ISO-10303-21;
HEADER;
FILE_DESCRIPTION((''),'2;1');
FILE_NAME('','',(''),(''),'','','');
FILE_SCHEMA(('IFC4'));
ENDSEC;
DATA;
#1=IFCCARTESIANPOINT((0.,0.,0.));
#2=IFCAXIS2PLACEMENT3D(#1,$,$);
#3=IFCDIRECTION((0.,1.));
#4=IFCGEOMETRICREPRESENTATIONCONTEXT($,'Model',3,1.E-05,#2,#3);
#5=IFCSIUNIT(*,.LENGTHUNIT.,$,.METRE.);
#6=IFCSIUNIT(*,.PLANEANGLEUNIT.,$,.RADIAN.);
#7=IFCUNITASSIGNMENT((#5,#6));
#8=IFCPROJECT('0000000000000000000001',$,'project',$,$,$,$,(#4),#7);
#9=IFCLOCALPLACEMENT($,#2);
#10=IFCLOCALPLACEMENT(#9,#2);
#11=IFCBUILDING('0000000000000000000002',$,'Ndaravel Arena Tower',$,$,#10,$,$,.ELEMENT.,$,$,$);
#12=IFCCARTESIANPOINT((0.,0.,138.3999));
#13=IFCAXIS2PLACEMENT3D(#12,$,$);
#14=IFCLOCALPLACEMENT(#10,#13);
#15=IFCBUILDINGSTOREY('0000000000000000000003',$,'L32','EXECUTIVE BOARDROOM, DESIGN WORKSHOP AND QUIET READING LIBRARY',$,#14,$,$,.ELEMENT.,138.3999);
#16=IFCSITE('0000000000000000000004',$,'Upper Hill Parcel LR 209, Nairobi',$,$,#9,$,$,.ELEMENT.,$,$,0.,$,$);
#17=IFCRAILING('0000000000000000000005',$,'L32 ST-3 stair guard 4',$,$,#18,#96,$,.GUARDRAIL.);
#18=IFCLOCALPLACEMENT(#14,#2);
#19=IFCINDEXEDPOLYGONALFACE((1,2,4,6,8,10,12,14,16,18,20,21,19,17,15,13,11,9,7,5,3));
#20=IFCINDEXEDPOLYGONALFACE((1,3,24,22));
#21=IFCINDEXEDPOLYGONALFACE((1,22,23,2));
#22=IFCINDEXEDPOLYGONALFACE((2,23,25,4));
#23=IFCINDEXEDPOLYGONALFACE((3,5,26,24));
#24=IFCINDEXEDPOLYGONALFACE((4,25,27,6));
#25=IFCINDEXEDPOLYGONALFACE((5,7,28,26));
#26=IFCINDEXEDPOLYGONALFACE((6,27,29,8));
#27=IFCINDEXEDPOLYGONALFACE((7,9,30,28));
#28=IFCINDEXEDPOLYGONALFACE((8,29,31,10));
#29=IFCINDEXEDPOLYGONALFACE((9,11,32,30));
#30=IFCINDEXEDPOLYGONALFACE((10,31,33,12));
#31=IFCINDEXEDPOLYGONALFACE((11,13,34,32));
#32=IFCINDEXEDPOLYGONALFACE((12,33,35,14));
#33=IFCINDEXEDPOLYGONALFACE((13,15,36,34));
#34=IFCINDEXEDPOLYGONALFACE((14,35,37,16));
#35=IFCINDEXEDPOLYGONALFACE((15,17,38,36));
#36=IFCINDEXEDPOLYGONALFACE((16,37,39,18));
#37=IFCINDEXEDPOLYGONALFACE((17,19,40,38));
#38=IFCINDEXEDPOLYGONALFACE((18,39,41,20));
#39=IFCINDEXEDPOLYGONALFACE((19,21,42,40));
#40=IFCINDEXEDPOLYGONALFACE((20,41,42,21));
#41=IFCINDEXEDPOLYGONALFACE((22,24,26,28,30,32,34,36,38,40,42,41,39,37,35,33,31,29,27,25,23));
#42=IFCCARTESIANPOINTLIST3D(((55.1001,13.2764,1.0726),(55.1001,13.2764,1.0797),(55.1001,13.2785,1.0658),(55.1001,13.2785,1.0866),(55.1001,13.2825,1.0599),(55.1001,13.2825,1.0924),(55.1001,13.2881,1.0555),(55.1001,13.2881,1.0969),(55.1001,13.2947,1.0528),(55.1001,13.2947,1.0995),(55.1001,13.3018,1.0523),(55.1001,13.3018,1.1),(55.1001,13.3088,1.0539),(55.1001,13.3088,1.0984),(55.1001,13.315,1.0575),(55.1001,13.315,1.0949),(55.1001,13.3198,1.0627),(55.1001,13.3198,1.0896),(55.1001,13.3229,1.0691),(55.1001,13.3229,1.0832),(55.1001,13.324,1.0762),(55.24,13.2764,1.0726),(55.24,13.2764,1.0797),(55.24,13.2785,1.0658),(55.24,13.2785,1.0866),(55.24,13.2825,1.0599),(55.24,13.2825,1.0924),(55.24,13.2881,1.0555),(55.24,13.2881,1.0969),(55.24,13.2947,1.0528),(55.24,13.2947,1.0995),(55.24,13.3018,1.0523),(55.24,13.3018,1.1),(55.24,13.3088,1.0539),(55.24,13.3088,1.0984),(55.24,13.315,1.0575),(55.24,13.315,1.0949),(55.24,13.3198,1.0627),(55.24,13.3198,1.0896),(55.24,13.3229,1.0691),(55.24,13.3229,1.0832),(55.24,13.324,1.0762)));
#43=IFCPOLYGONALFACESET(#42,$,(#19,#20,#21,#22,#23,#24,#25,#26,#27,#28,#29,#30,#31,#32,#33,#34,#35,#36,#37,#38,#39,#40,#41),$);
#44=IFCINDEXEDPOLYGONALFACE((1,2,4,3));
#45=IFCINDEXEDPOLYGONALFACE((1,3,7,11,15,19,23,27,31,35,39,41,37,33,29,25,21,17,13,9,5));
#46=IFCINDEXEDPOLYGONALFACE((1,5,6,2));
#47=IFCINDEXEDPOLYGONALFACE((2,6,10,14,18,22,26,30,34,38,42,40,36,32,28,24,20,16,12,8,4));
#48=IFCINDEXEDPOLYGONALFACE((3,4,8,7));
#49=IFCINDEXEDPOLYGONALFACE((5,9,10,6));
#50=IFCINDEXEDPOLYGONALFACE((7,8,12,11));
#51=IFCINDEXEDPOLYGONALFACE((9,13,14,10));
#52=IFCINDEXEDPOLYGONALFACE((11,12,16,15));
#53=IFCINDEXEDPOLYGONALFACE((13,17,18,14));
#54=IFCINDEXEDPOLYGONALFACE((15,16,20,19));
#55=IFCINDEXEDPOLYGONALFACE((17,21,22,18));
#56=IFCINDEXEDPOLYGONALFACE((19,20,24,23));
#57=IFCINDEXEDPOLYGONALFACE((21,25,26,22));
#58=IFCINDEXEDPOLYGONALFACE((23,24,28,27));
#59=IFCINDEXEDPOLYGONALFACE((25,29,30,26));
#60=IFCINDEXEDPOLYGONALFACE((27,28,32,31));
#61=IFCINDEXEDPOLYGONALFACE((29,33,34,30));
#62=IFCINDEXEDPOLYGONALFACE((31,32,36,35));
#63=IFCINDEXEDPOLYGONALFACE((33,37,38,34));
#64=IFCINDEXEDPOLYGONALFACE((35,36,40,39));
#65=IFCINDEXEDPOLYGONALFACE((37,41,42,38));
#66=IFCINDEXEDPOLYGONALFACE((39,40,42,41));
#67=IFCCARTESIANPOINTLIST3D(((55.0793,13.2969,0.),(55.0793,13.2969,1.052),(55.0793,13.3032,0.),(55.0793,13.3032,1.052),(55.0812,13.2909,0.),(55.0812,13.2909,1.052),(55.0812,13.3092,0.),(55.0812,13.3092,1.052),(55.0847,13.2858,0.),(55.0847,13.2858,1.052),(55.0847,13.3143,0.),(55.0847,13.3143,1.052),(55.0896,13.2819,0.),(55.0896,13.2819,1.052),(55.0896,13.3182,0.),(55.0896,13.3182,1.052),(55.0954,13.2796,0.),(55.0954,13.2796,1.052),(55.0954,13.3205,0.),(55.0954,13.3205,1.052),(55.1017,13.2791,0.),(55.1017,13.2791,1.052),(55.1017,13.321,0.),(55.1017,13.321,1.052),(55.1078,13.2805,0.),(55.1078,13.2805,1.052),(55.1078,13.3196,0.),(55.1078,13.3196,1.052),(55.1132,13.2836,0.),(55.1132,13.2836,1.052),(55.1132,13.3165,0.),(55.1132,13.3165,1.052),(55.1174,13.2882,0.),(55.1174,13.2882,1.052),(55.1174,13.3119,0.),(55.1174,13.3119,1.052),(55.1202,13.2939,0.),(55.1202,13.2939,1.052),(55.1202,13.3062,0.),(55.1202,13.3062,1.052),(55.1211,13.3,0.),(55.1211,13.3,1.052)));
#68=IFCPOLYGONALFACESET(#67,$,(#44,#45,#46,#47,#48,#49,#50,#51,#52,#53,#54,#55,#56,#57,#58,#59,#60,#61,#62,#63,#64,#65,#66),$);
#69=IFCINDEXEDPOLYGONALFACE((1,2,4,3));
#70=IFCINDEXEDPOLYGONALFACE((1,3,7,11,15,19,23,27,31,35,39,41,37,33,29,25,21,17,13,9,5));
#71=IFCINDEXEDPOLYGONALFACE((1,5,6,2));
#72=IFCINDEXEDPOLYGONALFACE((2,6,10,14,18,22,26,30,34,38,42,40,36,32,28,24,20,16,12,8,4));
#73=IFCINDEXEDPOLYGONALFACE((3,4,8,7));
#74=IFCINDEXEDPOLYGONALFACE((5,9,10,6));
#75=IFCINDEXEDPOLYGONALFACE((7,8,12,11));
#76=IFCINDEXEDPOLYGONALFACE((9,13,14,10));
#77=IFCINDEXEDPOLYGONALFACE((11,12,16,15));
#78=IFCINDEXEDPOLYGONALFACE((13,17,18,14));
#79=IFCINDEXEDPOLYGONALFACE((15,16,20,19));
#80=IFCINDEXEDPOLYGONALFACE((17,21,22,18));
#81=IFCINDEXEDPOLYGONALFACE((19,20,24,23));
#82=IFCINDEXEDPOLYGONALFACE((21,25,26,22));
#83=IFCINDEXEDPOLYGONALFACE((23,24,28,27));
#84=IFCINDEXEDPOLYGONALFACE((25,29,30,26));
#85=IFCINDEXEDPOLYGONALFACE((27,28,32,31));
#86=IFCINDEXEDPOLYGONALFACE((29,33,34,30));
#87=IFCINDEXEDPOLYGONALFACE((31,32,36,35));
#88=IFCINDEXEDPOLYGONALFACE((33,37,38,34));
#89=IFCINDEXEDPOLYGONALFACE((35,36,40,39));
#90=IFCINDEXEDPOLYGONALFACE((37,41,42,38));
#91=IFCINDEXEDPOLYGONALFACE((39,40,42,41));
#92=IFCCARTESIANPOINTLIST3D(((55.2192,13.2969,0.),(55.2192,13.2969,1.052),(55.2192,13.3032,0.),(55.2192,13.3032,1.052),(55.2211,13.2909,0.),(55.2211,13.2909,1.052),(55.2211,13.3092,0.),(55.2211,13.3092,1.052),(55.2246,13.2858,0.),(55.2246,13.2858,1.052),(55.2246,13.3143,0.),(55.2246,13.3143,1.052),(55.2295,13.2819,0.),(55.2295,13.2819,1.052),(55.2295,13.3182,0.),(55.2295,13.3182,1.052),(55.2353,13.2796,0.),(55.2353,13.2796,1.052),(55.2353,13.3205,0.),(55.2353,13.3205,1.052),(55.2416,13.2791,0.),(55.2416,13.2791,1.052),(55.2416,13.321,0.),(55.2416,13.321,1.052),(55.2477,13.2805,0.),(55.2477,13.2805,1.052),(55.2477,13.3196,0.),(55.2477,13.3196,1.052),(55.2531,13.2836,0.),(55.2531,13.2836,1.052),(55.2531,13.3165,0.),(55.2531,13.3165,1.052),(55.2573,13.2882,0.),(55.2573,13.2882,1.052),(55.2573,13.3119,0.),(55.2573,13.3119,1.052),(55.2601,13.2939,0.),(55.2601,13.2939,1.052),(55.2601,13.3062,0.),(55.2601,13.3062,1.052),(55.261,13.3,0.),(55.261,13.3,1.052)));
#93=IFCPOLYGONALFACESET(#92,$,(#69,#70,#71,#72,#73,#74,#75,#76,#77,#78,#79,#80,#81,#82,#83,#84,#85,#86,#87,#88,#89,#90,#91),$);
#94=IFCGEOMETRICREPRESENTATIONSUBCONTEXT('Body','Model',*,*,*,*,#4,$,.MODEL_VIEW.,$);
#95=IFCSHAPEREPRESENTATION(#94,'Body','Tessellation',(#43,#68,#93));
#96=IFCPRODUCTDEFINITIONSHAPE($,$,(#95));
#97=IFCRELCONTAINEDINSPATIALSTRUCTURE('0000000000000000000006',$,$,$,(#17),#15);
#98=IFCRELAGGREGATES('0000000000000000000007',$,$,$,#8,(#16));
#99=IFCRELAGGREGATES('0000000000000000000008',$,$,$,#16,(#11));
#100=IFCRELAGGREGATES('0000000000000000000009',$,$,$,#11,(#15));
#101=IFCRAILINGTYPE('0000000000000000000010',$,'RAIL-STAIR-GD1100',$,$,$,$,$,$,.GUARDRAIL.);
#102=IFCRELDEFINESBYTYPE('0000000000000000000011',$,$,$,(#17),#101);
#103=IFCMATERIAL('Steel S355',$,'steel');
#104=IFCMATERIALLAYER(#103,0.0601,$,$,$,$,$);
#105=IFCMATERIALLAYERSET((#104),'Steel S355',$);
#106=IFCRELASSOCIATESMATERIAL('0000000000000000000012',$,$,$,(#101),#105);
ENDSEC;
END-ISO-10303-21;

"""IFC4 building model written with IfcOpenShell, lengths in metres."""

from ifc_helpers import new_model, si_unit, direction, frame, origin, origin_2d, place, context, subcontext, project, spatial, circle, extrude, material, layer, layer_set, type_object, element, save


model = new_model("IFC4")

# Units and contexts
model_context = context("Model", 3, precision=1e-05, world=origin(), true_north=direction((0.0, 1.0)))
body_context = subcontext(model_context, "Body", "Model", "MODEL_VIEW")
ifc_project = project(units=[si_unit("LENGTHUNIT", "METRE"), si_unit("PLANEANGLEUNIT", "RADIAN")], contexts=[model_context])

# Site, building, storey
site_placement = place(None, origin())
site = spatial("IfcSite", under=ifc_project, at=site_placement, Name="Upper Hill Parcel LR 209, Nairobi", CompositionType="ELEMENT", RefElevation=0.0)
building_placement = place(site_placement, origin())
building = spatial("IfcBuilding", under=site, at=building_placement, Name="Ndaravel Arena Tower", CompositionType="ELEMENT")
storey_placement = place(building_placement, frame((0.0, 0.0, 138.3999)))
storey = spatial("IfcBuildingStorey", under=building, at=storey_placement, Name="L32", Description="EXECUTIVE BOARDROOM, DESIGN WORKSHOP AND QUIET READING LIBRARY", CompositionType="ELEMENT", Elevation=138.3999)

# Railing
ifc_material_1 = material(Name="Steel S355", Category="steel")
ifc_layer_1 = layer(ifc_material_1, 0.0601)
ifc_layer_set_1 = layer_set([ifc_layer_1], Name="Steel S355")
railing_type_1 = type_object("IfcRailingType", Name="RAIL-STAIR-GD1100", PredefinedType="GUARDRAIL", material=ifc_layer_set_1)
railing_1_placement = place(storey_placement, frame((55.1001, 13.3, 0.0)))
element("IfcRailing", 1, at=railing_1_placement, inside=storey, type_object=railing_type_1, Name="L32 ST-3 stair guard 4", PredefinedType="GUARDRAIL", context=body_context, shape_type="SweptSolid", body=[
    extrude(circle(Radius=0.0239, at=origin_2d()), frame((0.0, 0.0, 1.0762), z_axis=(1.0, 0.0, 0.0), x_axis=(0.0, 1.0, 0.0)), (0.0, 0.0, 1.0), 0.1399),
    extrude(circle(Radius=0.021, at=origin_2d()), origin(), (0.0, 0.0, 1.0), 1.052),
    extrude(circle(Radius=0.021, at=origin_2d()), frame((0.1399, 0.0, 0.0)), (0.0, 0.0, 1.0), 1.052),
])

save(model, "model.ifc")
